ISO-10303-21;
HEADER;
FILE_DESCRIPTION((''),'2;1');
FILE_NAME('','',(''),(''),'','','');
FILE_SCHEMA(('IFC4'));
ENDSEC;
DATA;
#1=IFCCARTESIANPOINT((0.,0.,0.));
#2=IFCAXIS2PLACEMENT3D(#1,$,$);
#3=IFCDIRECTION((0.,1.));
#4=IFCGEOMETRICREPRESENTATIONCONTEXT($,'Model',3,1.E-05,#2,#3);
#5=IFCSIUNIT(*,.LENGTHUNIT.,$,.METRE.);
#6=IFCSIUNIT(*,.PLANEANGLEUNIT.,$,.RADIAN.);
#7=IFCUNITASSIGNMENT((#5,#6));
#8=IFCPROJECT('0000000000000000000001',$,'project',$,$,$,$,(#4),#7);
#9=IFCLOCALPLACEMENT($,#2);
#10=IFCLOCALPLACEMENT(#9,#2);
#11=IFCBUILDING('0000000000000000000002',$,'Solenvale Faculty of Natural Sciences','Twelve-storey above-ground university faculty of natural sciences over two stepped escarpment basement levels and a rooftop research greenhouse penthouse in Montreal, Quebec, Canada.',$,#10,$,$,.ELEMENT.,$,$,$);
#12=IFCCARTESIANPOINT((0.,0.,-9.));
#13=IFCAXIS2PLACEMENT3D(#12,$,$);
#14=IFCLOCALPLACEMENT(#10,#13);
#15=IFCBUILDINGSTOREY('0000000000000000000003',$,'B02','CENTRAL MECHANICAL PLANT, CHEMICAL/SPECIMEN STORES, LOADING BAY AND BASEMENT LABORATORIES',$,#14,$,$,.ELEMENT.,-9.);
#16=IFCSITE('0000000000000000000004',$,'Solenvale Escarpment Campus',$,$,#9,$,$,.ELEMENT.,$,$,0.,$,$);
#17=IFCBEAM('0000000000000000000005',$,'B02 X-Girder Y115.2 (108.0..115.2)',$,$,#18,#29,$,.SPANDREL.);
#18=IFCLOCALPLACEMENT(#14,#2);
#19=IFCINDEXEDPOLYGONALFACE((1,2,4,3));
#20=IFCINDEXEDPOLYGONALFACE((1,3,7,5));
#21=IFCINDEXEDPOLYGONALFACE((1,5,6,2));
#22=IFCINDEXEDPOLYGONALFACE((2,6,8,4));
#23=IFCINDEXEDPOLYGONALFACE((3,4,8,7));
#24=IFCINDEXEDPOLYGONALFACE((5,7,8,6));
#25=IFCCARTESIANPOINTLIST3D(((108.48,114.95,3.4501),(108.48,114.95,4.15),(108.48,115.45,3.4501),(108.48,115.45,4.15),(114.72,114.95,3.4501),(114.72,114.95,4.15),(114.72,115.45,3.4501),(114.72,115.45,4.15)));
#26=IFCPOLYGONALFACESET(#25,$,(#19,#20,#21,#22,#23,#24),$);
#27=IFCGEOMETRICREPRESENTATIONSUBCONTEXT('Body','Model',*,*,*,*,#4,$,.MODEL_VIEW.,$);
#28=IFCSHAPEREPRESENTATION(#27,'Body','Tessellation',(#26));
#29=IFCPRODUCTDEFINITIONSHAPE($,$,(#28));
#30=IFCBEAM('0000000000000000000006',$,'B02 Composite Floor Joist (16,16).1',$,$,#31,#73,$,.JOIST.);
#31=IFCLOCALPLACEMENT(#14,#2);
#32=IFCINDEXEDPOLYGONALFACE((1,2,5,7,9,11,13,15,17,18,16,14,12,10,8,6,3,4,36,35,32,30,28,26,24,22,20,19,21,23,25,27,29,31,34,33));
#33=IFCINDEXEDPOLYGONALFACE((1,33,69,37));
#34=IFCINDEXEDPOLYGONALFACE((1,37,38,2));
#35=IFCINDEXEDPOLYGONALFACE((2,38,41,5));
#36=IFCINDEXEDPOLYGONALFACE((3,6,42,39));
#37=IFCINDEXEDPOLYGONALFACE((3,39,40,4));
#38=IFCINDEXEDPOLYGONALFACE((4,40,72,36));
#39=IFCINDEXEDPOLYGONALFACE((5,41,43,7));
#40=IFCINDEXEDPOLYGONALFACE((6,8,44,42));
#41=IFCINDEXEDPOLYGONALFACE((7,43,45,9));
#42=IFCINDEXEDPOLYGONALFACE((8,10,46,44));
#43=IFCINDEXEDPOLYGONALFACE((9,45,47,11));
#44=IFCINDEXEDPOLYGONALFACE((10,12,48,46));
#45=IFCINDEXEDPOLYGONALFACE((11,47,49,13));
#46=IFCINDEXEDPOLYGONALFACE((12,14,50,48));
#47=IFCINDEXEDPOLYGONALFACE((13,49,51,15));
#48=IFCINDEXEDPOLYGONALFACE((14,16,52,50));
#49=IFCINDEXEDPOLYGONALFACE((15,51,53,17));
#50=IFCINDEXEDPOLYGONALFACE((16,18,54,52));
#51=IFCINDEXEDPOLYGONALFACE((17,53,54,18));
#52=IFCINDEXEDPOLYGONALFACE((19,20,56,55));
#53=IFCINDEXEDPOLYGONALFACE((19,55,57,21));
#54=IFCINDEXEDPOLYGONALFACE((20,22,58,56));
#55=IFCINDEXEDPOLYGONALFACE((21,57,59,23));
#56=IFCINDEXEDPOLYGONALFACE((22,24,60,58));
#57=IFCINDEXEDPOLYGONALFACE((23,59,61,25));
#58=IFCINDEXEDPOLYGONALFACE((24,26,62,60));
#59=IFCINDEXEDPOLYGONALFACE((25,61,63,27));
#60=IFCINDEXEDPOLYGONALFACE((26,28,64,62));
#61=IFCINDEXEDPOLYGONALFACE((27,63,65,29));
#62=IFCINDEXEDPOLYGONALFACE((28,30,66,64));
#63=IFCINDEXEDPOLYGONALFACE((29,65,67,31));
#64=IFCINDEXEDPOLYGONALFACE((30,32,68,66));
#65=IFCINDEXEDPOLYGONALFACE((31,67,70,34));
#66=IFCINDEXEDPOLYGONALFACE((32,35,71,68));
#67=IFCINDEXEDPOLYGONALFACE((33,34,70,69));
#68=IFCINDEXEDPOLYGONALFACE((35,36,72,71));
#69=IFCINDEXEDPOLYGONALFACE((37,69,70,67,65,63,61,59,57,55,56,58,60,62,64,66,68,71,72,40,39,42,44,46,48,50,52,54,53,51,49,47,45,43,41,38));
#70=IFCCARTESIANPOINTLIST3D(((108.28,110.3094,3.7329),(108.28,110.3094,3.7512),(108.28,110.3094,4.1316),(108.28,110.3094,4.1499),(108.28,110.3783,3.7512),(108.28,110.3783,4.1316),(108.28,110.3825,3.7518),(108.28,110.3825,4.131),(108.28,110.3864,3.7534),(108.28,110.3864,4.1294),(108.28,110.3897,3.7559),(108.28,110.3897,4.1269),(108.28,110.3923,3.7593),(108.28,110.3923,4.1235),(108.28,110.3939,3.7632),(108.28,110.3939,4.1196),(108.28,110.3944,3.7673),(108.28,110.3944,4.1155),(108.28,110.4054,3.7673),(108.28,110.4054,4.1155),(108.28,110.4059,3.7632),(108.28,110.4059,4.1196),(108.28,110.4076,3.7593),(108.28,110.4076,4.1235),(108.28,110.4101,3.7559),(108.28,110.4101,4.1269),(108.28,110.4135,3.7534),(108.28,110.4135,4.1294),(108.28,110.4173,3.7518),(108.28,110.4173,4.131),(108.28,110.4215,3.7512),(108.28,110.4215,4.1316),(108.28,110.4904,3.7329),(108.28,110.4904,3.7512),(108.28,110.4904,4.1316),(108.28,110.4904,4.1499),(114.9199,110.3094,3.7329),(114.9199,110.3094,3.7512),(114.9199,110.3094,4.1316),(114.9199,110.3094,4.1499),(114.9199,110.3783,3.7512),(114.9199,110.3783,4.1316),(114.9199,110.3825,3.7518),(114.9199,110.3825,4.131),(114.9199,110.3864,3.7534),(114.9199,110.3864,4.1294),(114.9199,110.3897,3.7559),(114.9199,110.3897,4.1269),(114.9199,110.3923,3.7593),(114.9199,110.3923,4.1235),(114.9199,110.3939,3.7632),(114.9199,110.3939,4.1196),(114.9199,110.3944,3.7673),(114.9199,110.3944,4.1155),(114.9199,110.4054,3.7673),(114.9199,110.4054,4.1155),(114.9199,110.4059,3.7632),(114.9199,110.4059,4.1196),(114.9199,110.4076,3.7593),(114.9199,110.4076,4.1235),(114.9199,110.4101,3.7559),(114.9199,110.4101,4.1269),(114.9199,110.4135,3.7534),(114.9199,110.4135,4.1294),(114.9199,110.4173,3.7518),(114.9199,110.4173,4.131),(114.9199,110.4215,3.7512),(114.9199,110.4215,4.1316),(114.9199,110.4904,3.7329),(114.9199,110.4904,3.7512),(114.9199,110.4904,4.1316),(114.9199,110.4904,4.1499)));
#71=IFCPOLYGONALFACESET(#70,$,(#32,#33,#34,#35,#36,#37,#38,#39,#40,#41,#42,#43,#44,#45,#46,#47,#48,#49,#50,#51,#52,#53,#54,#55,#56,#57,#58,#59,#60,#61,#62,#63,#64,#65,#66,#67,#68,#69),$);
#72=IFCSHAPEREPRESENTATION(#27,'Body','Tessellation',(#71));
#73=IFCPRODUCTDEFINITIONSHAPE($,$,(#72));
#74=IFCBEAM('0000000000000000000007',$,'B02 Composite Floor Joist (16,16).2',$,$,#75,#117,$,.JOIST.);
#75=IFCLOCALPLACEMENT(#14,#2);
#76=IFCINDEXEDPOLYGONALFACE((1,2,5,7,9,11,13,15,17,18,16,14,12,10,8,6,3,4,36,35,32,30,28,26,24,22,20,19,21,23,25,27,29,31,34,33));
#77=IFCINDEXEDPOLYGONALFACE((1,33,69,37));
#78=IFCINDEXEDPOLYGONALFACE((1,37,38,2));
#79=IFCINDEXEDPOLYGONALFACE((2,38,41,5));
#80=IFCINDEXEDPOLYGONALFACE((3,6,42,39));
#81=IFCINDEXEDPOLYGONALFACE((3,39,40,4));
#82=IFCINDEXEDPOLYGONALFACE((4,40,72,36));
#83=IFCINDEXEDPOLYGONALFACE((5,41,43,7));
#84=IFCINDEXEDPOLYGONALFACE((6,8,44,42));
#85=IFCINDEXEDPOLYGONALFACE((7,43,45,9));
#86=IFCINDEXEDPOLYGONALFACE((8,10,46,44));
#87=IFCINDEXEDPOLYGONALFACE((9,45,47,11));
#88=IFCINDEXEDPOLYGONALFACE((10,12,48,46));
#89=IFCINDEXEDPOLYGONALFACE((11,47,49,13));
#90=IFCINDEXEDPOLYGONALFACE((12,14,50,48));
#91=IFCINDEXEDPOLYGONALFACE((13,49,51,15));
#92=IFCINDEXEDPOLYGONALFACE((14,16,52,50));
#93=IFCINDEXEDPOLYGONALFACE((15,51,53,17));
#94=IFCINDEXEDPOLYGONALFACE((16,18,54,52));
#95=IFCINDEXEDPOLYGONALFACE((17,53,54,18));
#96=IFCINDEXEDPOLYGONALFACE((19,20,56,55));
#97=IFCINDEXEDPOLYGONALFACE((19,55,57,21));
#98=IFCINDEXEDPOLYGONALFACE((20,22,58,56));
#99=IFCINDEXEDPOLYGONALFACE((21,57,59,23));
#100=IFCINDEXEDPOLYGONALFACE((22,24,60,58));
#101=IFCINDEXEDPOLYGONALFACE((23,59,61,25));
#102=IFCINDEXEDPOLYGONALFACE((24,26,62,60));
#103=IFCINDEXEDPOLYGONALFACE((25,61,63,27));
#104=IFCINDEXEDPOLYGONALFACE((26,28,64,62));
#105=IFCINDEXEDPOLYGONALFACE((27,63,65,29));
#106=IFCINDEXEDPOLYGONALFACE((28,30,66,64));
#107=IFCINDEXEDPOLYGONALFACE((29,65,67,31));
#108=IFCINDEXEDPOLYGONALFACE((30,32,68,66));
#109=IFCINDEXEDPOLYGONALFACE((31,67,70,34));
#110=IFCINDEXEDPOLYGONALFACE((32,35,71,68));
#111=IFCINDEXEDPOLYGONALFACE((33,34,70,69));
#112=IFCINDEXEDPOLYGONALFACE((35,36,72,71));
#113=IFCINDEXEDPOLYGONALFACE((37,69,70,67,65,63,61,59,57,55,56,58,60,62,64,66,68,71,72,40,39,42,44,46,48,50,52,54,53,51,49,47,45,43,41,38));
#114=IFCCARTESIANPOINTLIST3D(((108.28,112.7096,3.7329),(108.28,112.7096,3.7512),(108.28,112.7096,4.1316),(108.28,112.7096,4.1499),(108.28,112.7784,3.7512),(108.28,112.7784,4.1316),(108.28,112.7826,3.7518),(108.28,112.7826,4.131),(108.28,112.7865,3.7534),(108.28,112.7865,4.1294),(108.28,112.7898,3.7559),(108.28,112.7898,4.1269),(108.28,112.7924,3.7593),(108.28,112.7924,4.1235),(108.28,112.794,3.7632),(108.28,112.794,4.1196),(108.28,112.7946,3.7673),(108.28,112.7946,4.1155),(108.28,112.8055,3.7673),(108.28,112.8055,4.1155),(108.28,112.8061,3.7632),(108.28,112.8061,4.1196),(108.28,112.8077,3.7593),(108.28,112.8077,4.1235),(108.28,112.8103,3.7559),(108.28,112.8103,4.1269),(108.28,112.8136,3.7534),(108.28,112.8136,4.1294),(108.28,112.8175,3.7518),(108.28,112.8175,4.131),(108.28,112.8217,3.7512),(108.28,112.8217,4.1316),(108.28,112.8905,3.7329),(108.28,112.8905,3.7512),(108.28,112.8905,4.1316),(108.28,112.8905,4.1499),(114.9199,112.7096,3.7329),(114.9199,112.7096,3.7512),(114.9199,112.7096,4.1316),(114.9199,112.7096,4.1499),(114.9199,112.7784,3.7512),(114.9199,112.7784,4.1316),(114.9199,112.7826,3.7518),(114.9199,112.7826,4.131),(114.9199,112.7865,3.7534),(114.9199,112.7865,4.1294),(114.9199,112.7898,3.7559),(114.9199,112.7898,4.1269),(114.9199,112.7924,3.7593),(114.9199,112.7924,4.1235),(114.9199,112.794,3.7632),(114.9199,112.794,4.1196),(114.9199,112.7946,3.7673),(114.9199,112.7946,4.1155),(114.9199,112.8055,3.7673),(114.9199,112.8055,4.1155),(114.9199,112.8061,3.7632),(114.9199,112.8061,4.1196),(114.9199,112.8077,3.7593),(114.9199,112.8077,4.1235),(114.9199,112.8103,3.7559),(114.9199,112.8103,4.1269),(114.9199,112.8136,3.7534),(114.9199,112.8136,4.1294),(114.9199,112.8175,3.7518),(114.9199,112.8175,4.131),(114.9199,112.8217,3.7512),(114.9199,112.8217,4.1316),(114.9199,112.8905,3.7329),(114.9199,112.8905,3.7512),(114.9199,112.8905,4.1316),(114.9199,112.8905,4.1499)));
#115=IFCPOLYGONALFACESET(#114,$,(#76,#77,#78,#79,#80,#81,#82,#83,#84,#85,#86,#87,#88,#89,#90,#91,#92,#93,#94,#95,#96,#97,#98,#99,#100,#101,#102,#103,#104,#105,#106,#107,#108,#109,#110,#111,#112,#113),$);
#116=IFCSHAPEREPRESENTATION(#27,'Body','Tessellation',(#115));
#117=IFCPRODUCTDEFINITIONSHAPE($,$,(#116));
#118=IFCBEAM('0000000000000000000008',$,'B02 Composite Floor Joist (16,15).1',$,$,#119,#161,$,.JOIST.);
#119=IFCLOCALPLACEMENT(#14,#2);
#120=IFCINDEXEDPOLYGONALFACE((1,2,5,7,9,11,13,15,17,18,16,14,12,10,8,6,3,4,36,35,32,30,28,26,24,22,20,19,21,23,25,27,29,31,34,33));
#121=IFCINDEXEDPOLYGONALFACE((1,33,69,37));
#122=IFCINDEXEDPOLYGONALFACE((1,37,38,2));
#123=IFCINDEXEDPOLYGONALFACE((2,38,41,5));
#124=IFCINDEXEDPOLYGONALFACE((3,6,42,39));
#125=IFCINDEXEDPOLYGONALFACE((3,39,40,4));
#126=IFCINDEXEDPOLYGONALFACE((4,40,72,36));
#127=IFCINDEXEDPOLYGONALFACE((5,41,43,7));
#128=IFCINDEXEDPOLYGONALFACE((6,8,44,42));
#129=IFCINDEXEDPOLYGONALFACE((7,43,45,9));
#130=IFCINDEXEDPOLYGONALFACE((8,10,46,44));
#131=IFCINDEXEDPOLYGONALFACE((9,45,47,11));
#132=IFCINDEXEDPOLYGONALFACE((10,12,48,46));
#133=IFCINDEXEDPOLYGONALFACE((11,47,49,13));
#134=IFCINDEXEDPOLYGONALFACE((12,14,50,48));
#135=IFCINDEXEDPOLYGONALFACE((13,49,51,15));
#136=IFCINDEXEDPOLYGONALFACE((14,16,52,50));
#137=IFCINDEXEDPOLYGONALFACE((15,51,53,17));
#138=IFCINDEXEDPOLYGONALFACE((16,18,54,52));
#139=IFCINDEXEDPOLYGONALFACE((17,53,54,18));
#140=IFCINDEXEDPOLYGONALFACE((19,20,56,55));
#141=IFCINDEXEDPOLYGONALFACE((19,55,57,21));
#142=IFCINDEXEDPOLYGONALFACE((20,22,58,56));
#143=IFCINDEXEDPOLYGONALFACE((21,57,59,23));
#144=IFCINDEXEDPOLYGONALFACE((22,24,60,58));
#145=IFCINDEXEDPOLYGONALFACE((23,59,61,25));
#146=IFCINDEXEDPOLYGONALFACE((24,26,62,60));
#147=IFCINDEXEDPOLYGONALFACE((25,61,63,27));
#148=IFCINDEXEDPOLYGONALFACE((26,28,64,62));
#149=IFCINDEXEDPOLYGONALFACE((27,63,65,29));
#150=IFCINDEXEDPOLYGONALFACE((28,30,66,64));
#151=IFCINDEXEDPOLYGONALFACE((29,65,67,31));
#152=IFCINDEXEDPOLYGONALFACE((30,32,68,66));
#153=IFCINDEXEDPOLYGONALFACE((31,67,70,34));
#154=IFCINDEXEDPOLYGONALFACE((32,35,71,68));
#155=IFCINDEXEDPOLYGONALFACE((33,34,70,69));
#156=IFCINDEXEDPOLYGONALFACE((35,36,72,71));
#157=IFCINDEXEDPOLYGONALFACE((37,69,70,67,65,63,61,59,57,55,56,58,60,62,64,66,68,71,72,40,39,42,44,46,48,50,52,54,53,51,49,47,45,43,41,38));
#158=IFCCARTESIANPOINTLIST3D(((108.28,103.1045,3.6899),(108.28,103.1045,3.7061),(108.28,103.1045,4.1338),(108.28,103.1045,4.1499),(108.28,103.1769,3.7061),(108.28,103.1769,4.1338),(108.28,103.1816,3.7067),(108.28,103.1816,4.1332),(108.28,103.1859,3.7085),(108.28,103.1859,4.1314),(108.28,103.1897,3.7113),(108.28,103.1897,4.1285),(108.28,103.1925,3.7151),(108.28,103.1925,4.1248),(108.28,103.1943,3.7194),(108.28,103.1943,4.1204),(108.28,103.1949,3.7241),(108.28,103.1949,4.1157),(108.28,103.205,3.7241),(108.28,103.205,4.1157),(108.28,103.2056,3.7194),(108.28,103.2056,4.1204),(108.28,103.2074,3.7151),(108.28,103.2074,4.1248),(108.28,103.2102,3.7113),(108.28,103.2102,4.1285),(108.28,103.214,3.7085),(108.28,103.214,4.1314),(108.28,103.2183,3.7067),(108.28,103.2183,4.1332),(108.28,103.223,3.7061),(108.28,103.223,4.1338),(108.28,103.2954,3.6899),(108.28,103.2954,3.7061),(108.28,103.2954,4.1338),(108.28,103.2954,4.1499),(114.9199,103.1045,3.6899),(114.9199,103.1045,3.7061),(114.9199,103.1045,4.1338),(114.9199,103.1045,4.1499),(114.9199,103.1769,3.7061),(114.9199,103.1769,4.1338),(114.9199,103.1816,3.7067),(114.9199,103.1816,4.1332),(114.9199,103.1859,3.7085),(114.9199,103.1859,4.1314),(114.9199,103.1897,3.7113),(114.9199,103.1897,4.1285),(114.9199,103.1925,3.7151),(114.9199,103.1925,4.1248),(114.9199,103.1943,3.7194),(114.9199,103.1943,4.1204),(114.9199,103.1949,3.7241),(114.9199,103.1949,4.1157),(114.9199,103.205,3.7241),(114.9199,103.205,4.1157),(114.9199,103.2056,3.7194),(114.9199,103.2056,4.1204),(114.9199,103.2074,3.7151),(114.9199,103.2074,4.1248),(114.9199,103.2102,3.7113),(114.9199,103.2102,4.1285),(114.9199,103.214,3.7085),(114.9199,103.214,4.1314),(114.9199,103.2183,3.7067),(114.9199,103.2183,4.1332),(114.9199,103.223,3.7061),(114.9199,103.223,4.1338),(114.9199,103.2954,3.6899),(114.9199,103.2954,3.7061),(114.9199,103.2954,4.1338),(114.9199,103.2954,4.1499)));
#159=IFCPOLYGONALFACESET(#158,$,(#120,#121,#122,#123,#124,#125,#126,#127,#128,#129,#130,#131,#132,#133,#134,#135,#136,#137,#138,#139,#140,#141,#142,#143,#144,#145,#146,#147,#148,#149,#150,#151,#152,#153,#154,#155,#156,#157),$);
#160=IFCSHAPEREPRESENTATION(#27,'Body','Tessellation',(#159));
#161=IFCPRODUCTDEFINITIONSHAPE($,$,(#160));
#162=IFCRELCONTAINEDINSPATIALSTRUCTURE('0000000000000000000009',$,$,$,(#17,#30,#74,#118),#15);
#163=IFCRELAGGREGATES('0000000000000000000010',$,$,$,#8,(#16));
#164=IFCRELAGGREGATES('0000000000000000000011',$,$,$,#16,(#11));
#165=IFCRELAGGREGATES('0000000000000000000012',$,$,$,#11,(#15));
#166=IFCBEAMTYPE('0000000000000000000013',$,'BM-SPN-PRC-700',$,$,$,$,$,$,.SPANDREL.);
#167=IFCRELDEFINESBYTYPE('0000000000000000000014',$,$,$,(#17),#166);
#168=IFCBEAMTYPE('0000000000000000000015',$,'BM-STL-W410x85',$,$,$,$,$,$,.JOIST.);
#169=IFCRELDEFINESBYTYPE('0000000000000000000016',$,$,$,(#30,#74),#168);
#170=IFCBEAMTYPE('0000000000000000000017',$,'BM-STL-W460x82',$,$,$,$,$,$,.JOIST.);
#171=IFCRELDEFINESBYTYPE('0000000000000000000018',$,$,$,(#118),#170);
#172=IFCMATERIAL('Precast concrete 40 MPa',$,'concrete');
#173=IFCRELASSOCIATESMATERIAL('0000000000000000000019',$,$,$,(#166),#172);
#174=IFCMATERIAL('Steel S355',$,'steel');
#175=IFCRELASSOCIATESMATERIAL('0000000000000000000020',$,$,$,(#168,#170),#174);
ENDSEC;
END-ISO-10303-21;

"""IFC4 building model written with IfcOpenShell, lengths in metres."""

from ifc_helpers import new_model, si_unit, direction, frame, origin, origin_2d, place, context, subcontext, project, spatial, rectangle, i_section, extrude, material, material_profile, profile_set, type_object, element, save


model = new_model("IFC4")

# Units and contexts
model_context = context("Model", 3, precision=1e-05, world=origin(), true_north=direction((0.0, 1.0)))
body_context = subcontext(model_context, "Body", "Model", "MODEL_VIEW")
ifc_project = project(units=[si_unit("LENGTHUNIT", "METRE"), si_unit("PLANEANGLEUNIT", "RADIAN")], contexts=[model_context])

# Site, building, storey
site_placement = place(None, origin())
site = spatial("IfcSite", under=ifc_project, at=site_placement, Name="Solenvale Escarpment Campus", CompositionType="ELEMENT", RefElevation=0.0)
building_placement = place(site_placement, origin())
building = spatial("IfcBuilding", under=site, at=building_placement, Name="Solenvale Faculty of Natural Sciences", Description="Twelve-storey above-ground university faculty of natural sciences over two stepped escarpment basement levels and a rooftop research greenhouse penthouse in Montreal, Quebec, Canada.", CompositionType="ELEMENT")
storey_placement = place(building_placement, frame((0.0, 0.0, -9.0)))
storey = spatial("IfcBuildingStorey", under=building, at=storey_placement, Name="B02", Description="CENTRAL MECHANICAL PLANT, CHEMICAL/SPECIMEN STORES, LOADING BAY AND BASEMENT LABORATORIES", CompositionType="ELEMENT", Elevation=-9.0)

# Beams
ifc_material_1 = material(Name="Precast concrete 40 MPa", Category="concrete")
ifc_material_profile_1 = material_profile(ifc_material_1, rectangle(XDim=0.5, YDim=0.7, at=origin_2d()), Name="RC-BM-500x700")
ifc_profile_set_1 = profile_set([ifc_material_profile_1], Name="Precast concrete 40 MPa")
beam_type_1 = type_object("IfcBeamType", Name="BM-SPN-PRC-700", PredefinedType="SPANDREL", material=ifc_profile_set_1)
beam_placement = place(storey_placement, frame((108.48, 115.2, 3.8), z_axis=(1.0, 0.0, 0.0), x_axis=(0.0, 1.0, 0.0)))
element("IfcBeam", 1, at=beam_placement, inside=storey, type_object=beam_type_1, Name="B02 X-Girder Y115.2 (108.0..115.2)", PredefinedType="SPANDREL", context=body_context, shape_type="SweptSolid", body=[
    extrude(rectangle(XDim=0.5, YDim=0.7, at=origin_2d()), origin(), (0.0, 0.0, 1.0), 6.24),
])
ifc_material_2 = material(Name="Steel S355", Category="steel")
ifc_material_profile_2 = material_profile(ifc_material_2, i_section(OverallWidth=0.1809, OverallDepth=0.417, WebThickness=0.011, FlangeThickness=0.0183, FilletRadius=0.0161, at=origin_2d()), Name="W410x85")
ifc_profile_set_2 = profile_set([ifc_material_profile_2], Name="Steel S355")
beam_type_2 = type_object("IfcBeamType", Name="BM-STL-W410x85", PredefinedType="JOIST", material=ifc_profile_set_2)
for number, where, z_axis, x_axis, name in (
    (2, (108.28, 110.3999, 3.9414), (1.0, 0.0, 0.0), (0.0, 1.0, 0.0), "B02 Composite Floor Joist (16,16).1"),
    (3, (108.28, 112.8, 3.9414), (1.0, 0.0, 0.0), (0.0, 1.0, 0.0), "B02 Composite Floor Joist (16,16).2"),
):
    element("IfcBeam", number, at=place(storey_placement, frame(where, z_axis=z_axis, x_axis=x_axis)), inside=storey, type_object=beam_type_2, Name=name, PredefinedType="JOIST", context=body_context, shape_type="SweptSolid", body=[
        extrude(i_section(OverallWidth=0.1809, OverallDepth=0.417, WebThickness=0.011, FlangeThickness=0.0183, FilletRadius=0.0161, at=origin_2d()), origin(), (0.0, 0.0, 1.0), 6.6399),
    ])
ifc_material_profile_3 = material_profile(ifc_material_2, i_section(OverallWidth=0.1909, OverallDepth=0.46, WebThickness=0.01, FlangeThickness=0.0161, FilletRadius=0.0181, at=origin_2d()), Name="W460x82")
ifc_profile_set_3 = profile_set([ifc_material_profile_3], Name="Steel S355")
beam_type_3 = type_object("IfcBeamType", Name="BM-STL-W460x82", PredefinedType="JOIST", material=ifc_profile_set_3)
for number, where, z_axis, x_axis, name in (
    (4, (108.28, 103.2, 3.9199), (1.0, 0.0, 0.0), (0.0, 1.0, 0.0), "B02 Composite Floor Joist (16,15).1"),
):
    element("IfcBeam", number, at=place(storey_placement, frame(where, z_axis=z_axis, x_axis=x_axis)), inside=storey, type_object=beam_type_3, Name=name, PredefinedType="JOIST", context=body_context, shape_type="SweptSolid", body=[
        extrude(i_section(OverallWidth=0.1909, OverallDepth=0.46, WebThickness=0.01, FlangeThickness=0.0161, FilletRadius=0.0181, at=origin_2d()), origin(), (0.0, 0.0, 1.0), 6.6399),
    ])

save(model, "model.ifc")
